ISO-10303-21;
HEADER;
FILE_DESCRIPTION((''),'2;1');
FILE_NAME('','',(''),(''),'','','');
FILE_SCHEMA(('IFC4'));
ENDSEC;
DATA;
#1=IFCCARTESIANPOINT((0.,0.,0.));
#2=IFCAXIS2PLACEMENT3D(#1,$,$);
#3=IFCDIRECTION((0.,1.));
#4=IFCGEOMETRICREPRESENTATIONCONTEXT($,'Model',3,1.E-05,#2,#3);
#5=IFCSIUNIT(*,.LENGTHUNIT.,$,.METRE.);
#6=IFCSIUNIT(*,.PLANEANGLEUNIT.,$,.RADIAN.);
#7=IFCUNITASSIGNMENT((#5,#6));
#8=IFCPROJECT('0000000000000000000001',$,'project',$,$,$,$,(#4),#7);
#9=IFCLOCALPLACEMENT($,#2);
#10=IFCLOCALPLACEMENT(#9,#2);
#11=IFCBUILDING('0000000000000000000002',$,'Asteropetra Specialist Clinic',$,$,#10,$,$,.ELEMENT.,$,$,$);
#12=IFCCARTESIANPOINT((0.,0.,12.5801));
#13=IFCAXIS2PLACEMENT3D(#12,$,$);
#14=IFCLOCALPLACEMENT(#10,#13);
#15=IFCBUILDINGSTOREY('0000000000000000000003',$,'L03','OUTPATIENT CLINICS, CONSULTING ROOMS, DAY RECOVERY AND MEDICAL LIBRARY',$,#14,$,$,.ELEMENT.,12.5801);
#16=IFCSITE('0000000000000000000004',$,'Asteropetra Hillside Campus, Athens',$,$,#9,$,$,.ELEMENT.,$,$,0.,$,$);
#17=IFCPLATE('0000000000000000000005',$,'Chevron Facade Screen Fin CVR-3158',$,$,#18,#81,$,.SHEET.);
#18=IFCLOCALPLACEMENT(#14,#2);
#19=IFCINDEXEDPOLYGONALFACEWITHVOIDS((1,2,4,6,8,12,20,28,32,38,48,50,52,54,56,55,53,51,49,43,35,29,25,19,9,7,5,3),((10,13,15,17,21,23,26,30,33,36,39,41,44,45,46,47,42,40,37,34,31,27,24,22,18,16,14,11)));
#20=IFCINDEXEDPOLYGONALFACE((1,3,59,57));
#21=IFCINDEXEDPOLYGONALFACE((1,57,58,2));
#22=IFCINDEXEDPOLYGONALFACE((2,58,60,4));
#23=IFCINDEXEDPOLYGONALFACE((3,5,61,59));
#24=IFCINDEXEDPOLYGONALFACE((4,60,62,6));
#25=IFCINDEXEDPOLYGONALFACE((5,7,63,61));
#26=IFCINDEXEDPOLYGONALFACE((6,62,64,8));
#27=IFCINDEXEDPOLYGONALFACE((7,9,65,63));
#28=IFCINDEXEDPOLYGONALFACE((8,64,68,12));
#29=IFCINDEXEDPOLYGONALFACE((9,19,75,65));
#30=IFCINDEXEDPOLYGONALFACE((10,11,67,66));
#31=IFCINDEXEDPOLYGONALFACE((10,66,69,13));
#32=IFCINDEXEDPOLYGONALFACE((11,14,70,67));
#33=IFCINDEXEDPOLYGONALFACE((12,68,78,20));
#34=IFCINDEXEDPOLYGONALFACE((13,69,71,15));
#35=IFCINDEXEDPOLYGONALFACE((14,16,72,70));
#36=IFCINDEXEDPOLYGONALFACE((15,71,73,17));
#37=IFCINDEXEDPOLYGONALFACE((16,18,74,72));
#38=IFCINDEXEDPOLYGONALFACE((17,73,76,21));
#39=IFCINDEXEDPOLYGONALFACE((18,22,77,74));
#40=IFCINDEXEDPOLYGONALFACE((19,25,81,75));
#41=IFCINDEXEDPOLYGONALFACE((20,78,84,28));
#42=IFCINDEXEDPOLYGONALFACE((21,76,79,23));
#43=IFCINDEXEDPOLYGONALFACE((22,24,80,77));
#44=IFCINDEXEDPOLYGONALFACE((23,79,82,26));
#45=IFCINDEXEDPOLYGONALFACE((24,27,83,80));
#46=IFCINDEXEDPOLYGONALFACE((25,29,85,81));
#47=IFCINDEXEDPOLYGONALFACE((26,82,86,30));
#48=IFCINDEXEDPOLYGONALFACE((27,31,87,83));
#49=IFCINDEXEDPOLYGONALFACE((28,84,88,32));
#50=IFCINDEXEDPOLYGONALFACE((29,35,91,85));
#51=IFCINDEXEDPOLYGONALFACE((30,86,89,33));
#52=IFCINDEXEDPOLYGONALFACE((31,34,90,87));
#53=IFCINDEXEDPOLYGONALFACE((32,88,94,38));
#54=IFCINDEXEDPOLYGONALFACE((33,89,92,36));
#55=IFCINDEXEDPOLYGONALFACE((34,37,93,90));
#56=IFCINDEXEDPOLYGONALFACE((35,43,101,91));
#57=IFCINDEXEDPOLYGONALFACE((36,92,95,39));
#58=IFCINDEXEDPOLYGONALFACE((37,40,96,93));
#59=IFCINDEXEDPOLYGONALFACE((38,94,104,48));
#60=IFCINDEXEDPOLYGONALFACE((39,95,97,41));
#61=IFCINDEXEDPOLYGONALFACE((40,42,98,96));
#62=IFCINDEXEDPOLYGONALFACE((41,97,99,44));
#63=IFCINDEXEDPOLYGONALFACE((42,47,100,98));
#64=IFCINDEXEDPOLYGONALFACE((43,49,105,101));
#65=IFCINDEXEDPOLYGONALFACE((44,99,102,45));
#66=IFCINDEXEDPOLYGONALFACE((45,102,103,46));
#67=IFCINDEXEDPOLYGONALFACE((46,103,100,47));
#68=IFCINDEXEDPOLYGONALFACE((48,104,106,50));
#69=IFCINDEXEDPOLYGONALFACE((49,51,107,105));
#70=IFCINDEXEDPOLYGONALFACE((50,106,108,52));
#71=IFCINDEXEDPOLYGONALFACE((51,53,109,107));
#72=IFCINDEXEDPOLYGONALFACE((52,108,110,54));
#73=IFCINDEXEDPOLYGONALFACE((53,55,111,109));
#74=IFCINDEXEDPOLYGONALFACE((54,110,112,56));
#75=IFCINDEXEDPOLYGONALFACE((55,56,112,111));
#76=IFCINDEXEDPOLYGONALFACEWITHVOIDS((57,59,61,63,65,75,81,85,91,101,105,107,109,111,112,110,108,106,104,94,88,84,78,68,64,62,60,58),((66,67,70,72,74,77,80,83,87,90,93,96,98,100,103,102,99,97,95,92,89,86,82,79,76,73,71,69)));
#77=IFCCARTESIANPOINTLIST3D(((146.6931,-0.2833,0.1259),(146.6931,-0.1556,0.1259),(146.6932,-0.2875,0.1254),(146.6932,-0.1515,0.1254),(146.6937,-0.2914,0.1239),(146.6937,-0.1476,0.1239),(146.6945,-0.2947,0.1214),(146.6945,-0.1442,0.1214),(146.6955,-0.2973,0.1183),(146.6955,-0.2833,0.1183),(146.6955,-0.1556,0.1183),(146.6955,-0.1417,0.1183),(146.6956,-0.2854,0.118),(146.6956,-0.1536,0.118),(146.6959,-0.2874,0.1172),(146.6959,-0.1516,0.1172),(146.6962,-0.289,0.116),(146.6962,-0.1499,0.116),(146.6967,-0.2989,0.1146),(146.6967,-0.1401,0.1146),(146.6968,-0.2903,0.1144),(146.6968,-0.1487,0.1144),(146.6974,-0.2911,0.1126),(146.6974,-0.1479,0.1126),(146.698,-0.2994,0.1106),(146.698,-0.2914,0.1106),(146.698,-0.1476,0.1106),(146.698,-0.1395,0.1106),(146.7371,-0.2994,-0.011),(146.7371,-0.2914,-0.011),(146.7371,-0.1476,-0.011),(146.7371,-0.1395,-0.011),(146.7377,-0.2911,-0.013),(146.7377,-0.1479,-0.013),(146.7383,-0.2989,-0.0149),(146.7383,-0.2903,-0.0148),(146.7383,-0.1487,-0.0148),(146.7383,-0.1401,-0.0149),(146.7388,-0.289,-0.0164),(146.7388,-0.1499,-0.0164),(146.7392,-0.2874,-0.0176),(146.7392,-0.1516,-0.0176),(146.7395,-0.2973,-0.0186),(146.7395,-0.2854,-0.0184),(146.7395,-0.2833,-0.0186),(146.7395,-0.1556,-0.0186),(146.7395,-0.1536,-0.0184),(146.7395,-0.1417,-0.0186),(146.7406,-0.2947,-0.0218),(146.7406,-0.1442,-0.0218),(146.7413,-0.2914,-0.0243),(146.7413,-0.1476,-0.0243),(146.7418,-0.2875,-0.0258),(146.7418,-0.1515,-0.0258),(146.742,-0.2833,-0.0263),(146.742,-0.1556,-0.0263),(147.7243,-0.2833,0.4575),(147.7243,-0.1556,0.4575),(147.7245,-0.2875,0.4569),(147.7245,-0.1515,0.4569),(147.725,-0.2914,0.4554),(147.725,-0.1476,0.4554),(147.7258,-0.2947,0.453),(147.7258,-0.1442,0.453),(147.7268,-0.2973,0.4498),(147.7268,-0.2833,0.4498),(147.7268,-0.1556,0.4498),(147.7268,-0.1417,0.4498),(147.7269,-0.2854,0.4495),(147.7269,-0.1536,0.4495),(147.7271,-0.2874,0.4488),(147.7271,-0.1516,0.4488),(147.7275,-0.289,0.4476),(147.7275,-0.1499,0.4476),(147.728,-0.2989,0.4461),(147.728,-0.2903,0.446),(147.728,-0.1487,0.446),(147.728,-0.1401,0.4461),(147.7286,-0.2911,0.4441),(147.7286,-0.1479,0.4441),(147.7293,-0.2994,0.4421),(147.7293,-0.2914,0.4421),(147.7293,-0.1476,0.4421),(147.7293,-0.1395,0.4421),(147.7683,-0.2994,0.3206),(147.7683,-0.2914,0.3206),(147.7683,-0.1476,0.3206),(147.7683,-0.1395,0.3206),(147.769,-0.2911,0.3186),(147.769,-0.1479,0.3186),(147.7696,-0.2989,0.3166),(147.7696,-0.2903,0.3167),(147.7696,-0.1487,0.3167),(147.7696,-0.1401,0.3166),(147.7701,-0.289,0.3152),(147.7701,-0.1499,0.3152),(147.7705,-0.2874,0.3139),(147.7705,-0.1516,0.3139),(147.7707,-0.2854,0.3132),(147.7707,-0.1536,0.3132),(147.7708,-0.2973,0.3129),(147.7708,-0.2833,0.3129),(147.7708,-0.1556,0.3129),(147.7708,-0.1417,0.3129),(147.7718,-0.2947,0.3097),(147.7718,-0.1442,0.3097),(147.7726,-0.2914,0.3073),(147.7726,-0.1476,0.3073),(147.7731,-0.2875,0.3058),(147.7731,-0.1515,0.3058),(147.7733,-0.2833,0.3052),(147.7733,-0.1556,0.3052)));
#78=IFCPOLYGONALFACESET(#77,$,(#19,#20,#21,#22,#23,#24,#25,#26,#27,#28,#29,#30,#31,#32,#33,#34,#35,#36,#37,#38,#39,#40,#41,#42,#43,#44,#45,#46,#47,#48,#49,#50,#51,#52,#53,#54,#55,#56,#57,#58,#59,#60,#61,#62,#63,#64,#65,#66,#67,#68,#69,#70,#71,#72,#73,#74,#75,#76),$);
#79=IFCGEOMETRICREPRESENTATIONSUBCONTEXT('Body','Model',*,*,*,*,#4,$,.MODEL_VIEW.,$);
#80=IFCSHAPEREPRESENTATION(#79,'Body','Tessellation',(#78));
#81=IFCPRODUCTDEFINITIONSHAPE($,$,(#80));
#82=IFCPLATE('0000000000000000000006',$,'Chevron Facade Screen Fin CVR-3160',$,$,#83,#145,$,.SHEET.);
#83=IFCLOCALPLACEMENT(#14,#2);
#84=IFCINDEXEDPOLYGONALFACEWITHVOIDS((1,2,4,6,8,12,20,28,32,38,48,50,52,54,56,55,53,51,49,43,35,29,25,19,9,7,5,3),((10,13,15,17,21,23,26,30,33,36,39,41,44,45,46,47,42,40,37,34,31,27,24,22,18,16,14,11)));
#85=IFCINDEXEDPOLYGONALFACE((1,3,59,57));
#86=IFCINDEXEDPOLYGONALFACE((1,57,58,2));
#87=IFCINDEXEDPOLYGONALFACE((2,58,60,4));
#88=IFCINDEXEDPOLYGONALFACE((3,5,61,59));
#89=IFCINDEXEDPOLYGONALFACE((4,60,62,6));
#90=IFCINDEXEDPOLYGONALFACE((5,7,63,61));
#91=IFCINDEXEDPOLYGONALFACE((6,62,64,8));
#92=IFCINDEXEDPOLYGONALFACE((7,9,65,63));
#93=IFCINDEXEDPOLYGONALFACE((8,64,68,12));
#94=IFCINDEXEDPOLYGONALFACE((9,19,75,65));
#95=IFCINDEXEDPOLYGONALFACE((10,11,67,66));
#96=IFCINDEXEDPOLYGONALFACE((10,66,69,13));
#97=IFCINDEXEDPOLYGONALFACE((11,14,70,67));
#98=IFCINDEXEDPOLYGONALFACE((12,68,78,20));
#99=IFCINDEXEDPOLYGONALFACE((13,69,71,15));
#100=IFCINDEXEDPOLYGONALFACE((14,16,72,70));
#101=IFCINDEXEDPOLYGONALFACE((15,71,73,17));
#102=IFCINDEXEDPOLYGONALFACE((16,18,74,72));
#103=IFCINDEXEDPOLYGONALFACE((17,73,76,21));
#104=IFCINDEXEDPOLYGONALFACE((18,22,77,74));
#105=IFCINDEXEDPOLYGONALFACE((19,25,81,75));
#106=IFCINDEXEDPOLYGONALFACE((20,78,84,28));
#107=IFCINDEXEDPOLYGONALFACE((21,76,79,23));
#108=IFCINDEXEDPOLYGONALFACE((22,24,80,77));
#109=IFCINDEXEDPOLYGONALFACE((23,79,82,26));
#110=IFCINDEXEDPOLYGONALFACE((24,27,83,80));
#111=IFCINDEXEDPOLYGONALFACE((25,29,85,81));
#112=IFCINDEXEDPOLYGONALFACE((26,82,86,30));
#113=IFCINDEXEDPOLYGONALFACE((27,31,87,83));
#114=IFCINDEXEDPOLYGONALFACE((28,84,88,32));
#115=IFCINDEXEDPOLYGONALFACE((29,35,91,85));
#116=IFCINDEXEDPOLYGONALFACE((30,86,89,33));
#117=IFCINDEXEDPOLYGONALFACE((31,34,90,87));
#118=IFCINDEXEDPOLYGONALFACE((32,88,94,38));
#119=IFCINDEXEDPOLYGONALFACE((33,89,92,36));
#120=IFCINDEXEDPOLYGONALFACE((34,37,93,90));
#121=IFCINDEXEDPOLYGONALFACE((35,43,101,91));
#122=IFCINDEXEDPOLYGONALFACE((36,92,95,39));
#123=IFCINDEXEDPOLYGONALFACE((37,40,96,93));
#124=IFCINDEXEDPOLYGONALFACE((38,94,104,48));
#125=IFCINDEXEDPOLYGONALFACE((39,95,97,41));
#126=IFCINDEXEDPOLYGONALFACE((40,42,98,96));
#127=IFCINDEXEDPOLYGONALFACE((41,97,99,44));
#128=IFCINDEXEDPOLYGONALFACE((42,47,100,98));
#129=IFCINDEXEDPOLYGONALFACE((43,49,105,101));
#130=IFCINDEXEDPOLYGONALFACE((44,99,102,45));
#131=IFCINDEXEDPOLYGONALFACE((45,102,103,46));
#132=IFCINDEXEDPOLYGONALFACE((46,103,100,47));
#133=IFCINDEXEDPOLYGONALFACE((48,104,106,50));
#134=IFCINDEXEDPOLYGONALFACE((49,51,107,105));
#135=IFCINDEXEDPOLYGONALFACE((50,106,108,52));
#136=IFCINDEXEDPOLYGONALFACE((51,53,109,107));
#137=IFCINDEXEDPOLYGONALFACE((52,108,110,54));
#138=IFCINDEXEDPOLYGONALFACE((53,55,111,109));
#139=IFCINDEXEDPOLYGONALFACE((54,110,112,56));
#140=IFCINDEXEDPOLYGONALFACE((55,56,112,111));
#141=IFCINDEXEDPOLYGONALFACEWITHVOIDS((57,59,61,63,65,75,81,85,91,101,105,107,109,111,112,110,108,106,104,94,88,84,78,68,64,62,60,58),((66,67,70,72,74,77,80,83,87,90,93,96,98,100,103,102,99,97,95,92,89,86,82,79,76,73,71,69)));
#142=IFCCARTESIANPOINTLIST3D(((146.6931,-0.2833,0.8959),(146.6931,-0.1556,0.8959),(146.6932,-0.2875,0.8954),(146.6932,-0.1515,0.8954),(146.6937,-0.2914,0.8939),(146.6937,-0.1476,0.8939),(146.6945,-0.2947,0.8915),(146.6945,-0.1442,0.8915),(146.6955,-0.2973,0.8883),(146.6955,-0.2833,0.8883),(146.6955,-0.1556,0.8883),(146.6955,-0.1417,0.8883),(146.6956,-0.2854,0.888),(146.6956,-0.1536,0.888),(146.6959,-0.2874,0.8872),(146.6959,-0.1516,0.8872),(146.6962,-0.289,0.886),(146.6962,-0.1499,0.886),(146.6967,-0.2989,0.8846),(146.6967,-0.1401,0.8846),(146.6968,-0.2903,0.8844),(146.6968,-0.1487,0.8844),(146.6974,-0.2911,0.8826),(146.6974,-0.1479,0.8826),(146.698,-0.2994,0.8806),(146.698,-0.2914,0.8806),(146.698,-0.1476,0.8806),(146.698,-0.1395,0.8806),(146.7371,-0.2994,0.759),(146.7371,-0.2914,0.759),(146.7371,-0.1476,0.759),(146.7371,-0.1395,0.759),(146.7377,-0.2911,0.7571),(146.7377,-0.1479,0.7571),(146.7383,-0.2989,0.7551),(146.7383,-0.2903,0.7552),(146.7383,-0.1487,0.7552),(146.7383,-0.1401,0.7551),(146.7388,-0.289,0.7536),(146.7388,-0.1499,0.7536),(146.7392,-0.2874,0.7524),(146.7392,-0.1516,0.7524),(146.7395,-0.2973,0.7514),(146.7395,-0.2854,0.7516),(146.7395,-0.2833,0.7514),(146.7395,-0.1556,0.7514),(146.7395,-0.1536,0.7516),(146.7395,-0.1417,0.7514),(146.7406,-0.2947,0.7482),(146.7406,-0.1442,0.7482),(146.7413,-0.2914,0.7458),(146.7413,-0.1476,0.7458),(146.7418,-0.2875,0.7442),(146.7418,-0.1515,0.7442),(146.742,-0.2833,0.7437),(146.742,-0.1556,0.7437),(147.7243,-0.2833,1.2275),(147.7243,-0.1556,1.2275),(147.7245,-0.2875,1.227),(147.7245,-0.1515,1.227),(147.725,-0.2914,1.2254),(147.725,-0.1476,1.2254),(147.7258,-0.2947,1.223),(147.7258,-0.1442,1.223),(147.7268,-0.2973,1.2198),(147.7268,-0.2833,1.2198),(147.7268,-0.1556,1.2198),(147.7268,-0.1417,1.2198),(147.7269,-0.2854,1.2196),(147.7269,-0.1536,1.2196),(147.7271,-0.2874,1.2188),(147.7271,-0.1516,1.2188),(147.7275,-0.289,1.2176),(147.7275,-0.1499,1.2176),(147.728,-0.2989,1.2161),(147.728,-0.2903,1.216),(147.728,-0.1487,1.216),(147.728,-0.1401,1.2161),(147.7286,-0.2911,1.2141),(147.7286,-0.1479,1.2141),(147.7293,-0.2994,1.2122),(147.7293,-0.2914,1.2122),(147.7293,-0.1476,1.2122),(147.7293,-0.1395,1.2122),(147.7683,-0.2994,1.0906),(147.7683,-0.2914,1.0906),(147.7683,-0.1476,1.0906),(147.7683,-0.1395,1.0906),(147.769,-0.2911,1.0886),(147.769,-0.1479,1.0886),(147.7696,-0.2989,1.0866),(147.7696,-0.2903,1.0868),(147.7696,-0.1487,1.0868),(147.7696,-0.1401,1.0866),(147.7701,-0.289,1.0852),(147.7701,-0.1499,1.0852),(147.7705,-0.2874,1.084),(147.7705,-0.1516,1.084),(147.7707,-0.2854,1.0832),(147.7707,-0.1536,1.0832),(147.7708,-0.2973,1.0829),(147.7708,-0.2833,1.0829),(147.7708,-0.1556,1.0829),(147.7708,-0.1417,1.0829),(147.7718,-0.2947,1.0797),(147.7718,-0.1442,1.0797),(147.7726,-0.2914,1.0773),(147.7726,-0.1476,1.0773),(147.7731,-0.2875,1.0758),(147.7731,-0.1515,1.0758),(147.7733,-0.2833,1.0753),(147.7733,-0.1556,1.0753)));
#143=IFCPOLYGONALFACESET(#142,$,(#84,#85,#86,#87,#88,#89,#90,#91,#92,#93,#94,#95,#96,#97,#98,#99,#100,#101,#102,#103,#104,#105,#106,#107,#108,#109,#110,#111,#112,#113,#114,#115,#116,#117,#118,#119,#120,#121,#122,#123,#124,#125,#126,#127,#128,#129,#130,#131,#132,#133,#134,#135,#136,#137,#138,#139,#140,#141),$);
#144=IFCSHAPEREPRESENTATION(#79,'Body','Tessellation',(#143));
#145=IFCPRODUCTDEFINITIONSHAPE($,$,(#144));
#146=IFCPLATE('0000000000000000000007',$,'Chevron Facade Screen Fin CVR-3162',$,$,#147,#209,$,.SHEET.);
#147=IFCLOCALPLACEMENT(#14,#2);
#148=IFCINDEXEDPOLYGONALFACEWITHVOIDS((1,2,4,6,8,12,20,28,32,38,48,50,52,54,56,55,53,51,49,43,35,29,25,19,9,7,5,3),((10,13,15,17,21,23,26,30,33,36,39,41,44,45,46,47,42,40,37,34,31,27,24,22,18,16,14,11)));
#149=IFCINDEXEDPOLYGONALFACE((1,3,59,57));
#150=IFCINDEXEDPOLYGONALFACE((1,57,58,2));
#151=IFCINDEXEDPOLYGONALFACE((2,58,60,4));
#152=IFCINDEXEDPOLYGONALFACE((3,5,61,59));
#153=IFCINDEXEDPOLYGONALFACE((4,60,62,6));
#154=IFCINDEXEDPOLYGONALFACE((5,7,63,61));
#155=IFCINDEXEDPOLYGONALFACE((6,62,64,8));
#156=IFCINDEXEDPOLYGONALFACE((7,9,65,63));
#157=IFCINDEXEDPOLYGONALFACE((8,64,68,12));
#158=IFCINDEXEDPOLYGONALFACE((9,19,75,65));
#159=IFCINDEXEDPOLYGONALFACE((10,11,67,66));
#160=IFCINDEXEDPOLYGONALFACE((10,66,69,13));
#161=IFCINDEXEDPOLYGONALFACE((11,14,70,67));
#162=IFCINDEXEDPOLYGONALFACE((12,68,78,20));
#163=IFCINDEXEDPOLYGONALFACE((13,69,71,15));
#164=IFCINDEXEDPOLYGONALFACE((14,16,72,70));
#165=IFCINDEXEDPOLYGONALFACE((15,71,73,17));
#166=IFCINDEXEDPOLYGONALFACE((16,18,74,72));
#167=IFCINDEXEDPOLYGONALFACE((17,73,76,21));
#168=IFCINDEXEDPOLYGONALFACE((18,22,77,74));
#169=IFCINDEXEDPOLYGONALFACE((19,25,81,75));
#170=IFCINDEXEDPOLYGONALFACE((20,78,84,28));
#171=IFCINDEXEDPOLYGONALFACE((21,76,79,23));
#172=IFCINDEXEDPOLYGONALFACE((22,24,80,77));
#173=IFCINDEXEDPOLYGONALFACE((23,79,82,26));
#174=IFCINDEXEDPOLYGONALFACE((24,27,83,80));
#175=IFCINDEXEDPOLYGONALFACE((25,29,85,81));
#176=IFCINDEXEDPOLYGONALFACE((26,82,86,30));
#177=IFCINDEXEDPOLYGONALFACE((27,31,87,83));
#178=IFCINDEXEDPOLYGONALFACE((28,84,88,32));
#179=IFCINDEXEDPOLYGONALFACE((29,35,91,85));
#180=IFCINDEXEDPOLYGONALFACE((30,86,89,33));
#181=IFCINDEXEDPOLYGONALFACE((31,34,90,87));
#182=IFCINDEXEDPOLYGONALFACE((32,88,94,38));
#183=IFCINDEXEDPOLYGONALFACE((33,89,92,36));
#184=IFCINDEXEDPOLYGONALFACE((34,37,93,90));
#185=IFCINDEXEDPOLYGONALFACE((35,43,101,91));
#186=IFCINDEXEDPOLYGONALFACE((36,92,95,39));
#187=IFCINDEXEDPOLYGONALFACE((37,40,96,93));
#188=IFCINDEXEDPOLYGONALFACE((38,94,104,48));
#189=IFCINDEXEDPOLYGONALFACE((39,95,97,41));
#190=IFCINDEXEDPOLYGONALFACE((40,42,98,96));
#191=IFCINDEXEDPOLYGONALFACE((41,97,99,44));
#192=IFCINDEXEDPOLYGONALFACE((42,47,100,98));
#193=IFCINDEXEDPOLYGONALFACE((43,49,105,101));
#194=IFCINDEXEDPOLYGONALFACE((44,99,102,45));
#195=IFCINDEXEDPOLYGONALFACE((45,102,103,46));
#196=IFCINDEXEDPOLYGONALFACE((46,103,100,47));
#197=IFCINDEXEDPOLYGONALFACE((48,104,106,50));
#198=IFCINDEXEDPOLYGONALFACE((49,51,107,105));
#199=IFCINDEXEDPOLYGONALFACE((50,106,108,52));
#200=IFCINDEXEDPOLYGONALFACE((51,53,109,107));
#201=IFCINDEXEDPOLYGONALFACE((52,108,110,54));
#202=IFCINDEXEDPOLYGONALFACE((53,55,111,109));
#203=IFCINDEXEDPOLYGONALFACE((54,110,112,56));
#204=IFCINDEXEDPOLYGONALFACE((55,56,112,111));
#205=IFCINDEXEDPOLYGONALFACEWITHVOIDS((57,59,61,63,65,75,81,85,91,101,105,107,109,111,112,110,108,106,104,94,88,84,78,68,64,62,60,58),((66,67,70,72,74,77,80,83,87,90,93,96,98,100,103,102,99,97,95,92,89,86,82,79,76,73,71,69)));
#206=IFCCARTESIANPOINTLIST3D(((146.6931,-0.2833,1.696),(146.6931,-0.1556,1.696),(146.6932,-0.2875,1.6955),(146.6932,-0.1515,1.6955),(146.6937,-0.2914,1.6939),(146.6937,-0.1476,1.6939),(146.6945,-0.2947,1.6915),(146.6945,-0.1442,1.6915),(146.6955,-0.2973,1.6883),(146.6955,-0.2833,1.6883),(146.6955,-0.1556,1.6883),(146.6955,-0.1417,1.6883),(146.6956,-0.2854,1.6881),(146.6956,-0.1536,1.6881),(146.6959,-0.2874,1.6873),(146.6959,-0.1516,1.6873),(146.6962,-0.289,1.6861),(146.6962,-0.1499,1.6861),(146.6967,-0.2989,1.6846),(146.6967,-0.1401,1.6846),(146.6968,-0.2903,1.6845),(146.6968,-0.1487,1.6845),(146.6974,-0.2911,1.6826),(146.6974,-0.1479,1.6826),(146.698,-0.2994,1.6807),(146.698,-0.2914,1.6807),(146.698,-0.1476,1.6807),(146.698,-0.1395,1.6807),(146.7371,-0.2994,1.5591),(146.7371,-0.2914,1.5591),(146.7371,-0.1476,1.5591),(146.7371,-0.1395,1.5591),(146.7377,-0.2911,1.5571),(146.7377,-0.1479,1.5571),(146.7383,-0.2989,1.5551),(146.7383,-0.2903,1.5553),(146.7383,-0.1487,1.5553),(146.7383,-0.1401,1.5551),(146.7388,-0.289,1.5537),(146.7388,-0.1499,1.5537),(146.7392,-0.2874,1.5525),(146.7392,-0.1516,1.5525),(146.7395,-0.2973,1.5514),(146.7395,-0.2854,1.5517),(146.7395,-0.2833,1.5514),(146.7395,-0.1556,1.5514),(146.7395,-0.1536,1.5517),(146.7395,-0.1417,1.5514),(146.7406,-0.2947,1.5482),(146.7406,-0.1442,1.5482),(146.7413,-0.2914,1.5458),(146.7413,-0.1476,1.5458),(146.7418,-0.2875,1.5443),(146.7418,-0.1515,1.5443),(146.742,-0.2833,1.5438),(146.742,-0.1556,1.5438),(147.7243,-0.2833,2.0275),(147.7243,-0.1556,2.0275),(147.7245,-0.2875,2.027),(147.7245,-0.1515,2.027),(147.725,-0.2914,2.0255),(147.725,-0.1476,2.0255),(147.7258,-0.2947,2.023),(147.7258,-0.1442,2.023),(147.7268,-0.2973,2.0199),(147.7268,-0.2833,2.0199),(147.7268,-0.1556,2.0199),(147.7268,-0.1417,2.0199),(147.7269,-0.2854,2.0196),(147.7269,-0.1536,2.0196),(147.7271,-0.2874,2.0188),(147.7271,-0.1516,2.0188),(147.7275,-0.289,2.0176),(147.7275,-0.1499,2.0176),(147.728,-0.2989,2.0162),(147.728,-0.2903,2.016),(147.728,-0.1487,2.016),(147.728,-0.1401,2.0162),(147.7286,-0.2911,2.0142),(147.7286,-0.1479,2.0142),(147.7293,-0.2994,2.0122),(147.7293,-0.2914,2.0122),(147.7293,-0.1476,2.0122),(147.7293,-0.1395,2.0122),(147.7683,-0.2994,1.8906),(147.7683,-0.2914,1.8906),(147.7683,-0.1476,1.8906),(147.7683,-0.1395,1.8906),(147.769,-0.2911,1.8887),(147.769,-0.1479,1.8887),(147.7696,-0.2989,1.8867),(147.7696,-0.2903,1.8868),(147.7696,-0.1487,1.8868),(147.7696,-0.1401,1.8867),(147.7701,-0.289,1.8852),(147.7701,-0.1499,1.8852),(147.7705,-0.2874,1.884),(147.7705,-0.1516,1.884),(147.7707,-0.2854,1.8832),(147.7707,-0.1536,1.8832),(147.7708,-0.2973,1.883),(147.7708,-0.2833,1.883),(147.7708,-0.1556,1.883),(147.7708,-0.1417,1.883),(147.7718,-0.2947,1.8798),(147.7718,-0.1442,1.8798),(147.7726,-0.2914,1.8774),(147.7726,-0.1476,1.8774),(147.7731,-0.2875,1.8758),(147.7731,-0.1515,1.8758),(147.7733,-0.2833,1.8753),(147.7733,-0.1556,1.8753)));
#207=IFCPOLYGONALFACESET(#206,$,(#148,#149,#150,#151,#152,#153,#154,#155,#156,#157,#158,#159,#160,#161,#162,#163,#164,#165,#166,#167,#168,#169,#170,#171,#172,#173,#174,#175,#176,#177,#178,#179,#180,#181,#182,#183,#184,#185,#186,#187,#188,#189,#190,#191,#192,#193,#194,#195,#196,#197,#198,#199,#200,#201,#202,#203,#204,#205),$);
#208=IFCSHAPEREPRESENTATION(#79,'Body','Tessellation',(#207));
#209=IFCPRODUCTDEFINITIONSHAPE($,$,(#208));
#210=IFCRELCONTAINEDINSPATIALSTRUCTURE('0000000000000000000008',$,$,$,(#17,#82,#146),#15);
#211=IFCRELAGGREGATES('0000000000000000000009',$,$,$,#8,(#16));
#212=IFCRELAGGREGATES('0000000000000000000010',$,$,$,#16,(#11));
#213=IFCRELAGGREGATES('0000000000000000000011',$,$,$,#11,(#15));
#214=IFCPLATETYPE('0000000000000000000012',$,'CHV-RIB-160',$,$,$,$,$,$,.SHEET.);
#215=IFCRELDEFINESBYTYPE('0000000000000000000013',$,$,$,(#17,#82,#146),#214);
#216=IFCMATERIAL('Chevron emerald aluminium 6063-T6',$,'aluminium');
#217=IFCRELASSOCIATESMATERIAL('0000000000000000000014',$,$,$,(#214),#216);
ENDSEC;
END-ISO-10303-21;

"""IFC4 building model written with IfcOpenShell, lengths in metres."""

from ifc_helpers import new_model, si_unit, direction, frame, origin, origin_2d, place, context, subcontext, project, spatial, hollow_rectangle, extrude, material, material_profile, profile_set, type_object, element, save


model = new_model("IFC4")

# Units and contexts
model_context = context("Model", 3, precision=1e-05, world=origin(), true_north=direction((0.0, 1.0)))
body_context = subcontext(model_context, "Body", "Model", "MODEL_VIEW")
ifc_project = project(units=[si_unit("LENGTHUNIT", "METRE"), si_unit("PLANEANGLEUNIT", "RADIAN")], contexts=[model_context])

# Site, building, storey
site_placement = place(None, origin())
site = spatial("IfcSite", under=ifc_project, at=site_placement, Name="Asteropetra Hillside Campus, Athens", CompositionType="ELEMENT", RefElevation=0.0)
building_placement = place(site_placement, origin())
building = spatial("IfcBuilding", under=site, at=building_placement, Name="Asteropetra Specialist Clinic", CompositionType="ELEMENT")
storey_placement = place(building_placement, frame((0.0, 0.0, 12.5801)))
storey = spatial("IfcBuildingStorey", under=building, at=storey_placement, Name="L03", Description="OUTPATIENT CLINICS, CONSULTING ROOMS, DAY RECOVERY AND MEDICAL LIBRARY", CompositionType="ELEMENT", Elevation=12.5801)

# Plates
ifc_material_1 = material(Name="Chevron emerald aluminium 6063-T6", Category="aluminium")
ifc_material_profile_1 = material_profile(ifc_material_1, hollow_rectangle(XDim=0.1599, YDim=0.1599, WallThickness=0.0081, InnerFilletRadius=0.0081, OuterFilletRadius=0.0161, at=origin_2d()), Name="SHS 160x160x8.0")
ifc_profile_set_1 = profile_set([ifc_material_profile_1], Name="Chevron emerald aluminium 6063-T6")
plate_type_1 = type_object("IfcPlateType", Name="CHV-RIB-160", PredefinedType="SHEET", material=ifc_profile_set_1)
for number, where, z_axis, x_axis, name in (
    (1, (146.7175, -0.2195, 0.0498), (0.95201, 0.0, 0.306068), (0.0, 1.0, 0.0), "Chevron Facade Screen Fin CVR-3158"),
    (2, (146.7175, -0.2195, 0.8198), (0.95201, 0.0, 0.306068), (0.0, 1.0, 0.0), "Chevron Facade Screen Fin CVR-3160"),
    (3, (146.7175, -0.2195, 1.6199), (0.95201, 0.0, 0.306068), (0.0, 1.0, 0.0), "Chevron Facade Screen Fin CVR-3162"),
):
    element("IfcPlate", number, at=place(storey_placement, frame(where, z_axis=z_axis, x_axis=x_axis)), inside=storey, type_object=plate_type_1, Name=name, PredefinedType="SHEET", context=body_context, shape_type="SweptSolid", body=[
        extrude(hollow_rectangle(XDim=0.1599, YDim=0.1599, WallThickness=0.0081, InnerFilletRadius=0.0081, OuterFilletRadius=0.0161, at=origin_2d()), origin(), (0.0, 0.0, 1.0), 1.0833),
    ])

save(model, "model.ifc")
